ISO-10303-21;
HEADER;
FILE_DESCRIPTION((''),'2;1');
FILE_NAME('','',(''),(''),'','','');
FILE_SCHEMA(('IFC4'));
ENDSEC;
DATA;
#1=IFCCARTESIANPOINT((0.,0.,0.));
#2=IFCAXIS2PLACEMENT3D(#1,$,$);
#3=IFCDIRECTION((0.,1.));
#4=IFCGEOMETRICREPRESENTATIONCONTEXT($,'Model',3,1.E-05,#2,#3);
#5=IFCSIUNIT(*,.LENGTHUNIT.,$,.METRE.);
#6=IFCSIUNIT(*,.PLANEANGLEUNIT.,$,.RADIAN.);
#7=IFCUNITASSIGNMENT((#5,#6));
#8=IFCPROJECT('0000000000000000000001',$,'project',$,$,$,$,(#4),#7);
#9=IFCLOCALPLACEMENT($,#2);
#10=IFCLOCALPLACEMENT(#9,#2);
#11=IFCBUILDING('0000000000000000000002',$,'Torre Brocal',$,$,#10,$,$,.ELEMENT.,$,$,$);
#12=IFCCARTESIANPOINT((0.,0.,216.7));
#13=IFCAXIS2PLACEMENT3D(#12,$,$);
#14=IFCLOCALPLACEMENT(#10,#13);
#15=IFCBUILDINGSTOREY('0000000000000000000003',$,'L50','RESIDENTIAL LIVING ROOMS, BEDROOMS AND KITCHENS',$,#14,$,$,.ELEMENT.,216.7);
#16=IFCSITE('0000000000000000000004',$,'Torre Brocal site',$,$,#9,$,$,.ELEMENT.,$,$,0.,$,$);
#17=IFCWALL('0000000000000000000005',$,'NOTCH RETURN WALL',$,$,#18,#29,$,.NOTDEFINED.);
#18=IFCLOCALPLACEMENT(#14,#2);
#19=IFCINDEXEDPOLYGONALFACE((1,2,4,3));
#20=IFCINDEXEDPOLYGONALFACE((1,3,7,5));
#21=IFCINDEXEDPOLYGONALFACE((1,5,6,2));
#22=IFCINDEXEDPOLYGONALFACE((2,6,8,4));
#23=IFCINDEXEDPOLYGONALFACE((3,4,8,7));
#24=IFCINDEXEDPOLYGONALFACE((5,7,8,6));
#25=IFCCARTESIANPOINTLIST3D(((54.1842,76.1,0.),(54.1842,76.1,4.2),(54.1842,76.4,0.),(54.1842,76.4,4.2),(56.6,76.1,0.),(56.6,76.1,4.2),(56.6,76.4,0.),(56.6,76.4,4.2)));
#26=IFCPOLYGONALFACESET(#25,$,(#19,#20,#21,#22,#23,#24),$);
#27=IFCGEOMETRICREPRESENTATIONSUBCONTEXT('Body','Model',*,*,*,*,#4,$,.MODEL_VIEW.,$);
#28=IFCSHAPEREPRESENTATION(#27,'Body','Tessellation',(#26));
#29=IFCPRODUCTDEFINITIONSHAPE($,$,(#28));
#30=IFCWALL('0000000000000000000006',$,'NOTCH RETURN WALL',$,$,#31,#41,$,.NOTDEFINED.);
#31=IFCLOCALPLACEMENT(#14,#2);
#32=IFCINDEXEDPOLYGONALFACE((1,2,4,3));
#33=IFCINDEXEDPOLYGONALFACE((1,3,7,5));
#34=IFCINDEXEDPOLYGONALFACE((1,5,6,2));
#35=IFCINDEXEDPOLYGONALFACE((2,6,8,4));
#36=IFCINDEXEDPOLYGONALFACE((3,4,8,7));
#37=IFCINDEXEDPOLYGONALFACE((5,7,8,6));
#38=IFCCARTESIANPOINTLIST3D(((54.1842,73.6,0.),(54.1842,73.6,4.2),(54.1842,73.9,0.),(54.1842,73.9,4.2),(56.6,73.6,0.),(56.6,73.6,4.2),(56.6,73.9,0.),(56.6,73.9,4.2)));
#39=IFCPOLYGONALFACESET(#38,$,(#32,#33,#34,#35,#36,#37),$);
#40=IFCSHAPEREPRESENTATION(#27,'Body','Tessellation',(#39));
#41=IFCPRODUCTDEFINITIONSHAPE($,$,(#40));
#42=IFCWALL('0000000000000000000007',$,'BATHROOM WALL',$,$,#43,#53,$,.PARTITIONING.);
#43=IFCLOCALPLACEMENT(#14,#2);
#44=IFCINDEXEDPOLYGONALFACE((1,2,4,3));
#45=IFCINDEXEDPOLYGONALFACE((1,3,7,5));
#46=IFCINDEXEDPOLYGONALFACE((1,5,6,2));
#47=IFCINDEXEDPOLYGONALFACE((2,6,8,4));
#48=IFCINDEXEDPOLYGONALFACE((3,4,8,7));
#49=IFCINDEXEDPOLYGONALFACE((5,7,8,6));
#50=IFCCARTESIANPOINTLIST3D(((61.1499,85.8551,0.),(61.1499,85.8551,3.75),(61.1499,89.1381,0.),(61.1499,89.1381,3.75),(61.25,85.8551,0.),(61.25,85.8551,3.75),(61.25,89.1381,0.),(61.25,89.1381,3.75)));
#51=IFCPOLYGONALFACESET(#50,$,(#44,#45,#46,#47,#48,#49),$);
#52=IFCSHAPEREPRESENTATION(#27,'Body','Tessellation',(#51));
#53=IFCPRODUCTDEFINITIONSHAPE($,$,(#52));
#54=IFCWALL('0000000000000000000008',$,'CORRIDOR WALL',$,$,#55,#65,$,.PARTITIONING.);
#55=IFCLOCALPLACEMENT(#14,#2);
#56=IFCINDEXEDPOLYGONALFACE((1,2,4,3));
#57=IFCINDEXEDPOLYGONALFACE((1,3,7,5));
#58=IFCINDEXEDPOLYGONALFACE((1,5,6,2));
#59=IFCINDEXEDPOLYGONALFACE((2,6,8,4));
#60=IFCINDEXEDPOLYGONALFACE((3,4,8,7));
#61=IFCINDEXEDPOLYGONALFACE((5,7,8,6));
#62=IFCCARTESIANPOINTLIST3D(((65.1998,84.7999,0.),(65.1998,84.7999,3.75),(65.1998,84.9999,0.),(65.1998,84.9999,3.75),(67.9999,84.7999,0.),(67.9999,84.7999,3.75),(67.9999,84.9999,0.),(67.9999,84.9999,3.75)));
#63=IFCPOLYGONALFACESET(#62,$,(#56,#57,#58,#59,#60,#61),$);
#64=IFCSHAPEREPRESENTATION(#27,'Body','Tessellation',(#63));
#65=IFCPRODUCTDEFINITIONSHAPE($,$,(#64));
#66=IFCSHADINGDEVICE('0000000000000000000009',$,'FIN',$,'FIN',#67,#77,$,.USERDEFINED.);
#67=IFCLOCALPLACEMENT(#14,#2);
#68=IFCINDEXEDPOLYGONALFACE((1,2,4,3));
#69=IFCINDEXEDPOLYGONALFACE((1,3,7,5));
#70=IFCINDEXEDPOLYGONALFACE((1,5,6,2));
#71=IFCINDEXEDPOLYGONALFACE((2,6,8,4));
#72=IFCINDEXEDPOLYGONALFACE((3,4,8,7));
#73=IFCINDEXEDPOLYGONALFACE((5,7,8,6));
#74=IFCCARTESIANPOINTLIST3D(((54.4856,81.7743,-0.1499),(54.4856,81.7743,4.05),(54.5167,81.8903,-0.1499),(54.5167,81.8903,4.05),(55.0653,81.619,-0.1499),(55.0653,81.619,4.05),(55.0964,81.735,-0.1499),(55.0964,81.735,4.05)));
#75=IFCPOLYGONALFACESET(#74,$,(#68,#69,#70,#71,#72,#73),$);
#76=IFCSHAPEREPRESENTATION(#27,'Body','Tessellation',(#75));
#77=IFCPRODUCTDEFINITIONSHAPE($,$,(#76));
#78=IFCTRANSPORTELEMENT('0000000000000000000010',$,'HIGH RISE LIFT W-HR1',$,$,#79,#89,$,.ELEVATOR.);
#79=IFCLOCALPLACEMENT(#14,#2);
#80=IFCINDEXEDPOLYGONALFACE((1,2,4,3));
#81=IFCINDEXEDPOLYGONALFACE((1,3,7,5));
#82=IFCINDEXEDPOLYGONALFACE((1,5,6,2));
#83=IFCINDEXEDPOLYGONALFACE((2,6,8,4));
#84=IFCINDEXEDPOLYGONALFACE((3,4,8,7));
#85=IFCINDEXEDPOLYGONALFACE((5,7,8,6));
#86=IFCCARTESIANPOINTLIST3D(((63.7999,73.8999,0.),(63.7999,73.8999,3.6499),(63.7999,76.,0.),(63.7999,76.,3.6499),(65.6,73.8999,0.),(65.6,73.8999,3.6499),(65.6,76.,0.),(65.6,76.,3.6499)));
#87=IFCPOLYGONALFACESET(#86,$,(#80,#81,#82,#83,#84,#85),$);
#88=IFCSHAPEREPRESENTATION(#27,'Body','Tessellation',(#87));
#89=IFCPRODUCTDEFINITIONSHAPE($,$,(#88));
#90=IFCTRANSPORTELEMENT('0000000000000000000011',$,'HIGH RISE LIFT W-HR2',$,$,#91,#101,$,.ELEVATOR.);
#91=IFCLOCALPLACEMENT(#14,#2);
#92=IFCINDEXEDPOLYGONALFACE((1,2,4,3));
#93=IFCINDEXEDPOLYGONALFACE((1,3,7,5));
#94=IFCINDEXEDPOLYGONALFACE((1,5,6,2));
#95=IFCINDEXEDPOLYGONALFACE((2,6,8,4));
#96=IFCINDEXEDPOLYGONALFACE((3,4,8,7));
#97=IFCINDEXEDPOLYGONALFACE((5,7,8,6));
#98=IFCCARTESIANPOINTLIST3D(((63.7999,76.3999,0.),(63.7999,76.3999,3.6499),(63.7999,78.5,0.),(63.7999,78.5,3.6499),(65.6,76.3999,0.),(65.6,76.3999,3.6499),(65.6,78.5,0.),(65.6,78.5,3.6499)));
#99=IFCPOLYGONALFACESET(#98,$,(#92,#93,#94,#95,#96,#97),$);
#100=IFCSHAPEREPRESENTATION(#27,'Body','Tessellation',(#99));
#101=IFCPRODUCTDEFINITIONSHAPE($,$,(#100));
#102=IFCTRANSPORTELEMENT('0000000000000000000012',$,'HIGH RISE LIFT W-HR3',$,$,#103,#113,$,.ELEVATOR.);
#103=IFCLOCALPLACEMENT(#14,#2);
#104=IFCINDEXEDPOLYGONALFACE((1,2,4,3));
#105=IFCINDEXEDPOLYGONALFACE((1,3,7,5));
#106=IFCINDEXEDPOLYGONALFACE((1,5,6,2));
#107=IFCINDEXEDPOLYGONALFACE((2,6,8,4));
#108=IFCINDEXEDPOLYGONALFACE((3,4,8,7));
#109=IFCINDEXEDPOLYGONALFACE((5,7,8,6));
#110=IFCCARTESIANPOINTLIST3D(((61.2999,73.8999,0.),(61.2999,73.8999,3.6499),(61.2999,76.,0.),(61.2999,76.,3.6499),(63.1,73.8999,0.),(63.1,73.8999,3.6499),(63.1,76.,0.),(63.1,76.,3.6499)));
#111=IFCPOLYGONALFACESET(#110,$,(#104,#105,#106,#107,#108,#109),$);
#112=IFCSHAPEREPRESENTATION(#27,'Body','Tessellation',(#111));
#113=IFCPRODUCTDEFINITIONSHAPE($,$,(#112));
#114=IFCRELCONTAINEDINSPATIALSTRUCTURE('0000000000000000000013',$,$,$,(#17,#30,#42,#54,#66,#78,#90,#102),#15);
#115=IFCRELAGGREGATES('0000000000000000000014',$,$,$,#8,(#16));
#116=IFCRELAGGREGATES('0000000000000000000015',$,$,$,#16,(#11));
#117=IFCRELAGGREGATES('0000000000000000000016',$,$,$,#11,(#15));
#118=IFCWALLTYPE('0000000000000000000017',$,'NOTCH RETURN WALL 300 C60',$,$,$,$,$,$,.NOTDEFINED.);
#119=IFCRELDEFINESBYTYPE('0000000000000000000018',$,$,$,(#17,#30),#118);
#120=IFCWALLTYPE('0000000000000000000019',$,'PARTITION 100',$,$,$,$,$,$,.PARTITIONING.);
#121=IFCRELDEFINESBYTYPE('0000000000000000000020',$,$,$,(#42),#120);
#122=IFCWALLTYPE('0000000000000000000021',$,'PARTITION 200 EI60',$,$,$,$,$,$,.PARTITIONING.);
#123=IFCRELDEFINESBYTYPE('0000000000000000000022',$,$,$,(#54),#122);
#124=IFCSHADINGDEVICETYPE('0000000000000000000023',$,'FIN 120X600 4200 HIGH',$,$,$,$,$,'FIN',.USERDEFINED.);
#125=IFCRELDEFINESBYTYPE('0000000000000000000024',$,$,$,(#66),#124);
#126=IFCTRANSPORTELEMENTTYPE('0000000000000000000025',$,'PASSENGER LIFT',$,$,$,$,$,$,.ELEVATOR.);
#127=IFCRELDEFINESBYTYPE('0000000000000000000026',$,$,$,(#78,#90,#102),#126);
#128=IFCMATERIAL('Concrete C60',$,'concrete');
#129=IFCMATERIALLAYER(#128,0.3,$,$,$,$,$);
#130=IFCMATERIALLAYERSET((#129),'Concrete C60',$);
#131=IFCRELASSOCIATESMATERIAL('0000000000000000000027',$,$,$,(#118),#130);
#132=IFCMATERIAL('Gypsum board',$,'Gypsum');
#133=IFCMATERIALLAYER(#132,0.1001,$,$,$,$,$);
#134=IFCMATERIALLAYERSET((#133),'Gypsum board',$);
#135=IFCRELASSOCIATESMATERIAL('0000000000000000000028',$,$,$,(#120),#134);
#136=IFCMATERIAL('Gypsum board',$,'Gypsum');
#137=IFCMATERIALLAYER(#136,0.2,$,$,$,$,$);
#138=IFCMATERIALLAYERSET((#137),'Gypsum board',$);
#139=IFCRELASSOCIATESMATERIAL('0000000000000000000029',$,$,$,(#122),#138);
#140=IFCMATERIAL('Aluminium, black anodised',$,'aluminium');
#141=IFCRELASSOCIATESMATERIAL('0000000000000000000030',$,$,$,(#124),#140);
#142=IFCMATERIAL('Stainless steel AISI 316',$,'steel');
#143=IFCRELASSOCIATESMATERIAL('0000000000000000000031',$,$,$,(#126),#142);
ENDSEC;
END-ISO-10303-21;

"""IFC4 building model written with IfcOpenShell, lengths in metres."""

from ifc_helpers import new_model, si_unit, direction, frame, frame_2d, origin, origin_2d, place, context, subcontext, project, spatial, rectangle, extrude, material, layer, layer_set, material_profile, profile_set, type_object, element, save


model = new_model("IFC4")

# Units and contexts
model_context = context("Model", 3, precision=1e-05, world=origin(), true_north=direction((0.0, 1.0)))
body_context = subcontext(model_context, "Body", "Model", "MODEL_VIEW")
ifc_project = project(units=[si_unit("LENGTHUNIT", "METRE"), si_unit("PLANEANGLEUNIT", "RADIAN")], contexts=[model_context])

# Site, building, storey
site_placement = place(None, origin())
site = spatial("IfcSite", under=ifc_project, at=site_placement, Name="Torre Brocal site", CompositionType="ELEMENT", RefElevation=0.0)
building_placement = place(site_placement, origin())
building = spatial("IfcBuilding", under=site, at=building_placement, Name="Torre Brocal", CompositionType="ELEMENT")
storey_placement = place(building_placement, frame((0.0, 0.0, 216.7)))
storey = spatial("IfcBuildingStorey", under=building, at=storey_placement, Name="L50", Description="RESIDENTIAL LIVING ROOMS, BEDROOMS AND KITCHENS", CompositionType="ELEMENT", Elevation=216.7)

# Walls
ifc_material_1 = material(Name="Concrete C60", Category="concrete")
ifc_layer_1 = layer(ifc_material_1, 0.3)
ifc_layer_set_1 = layer_set([ifc_layer_1], Name="Concrete C60")
wall_type_1 = type_object("IfcWallType", Name="NOTCH RETURN WALL 300 C60", PredefinedType="NOTDEFINED", material=ifc_layer_set_1)
for number, where, z_axis, x_axis, name in (
    (1, (56.6001, 76.25, 0.0), (0.0, 0.0, 1.0), (-1.0, 0.0, 0.0), "NOTCH RETURN WALL"),
    (2, (56.6001, 73.75, 0.0), (0.0, 0.0, 1.0), (-1.0, 0.0, 0.0), "NOTCH RETURN WALL"),
):
    element("IfcWall", number, at=place(storey_placement, frame(where, z_axis=z_axis, x_axis=x_axis)), inside=storey, type_object=wall_type_1, Name=name, PredefinedType="NOTDEFINED", context=body_context, shape_type="SweptSolid", body=[
        extrude(rectangle(XDim=2.4158, YDim=0.3, at=frame_2d((1.208, 0.0))), origin(), (0.0, 0.0, 1.0), 4.2),
    ])
ifc_material_2 = material(Name="Gypsum board", Category="Gypsum")
ifc_layer_2 = layer(ifc_material_2, 0.1001)
ifc_layer_set_2 = layer_set([ifc_layer_2], Name="Gypsum board")
wall_type_2 = type_object("IfcWallType", Name="PARTITION 100", PredefinedType="PARTITIONING", material=ifc_layer_set_2)
wall_1_placement = place(storey_placement, frame((61.2, 85.855, 0.0), z_axis=(0.0, 0.0, 1.0), x_axis=(0.0, 1.0, 0.0)))
element("IfcWall", 3, at=wall_1_placement, inside=storey, type_object=wall_type_2, Name="BATHROOM WALL", PredefinedType="PARTITIONING", context=body_context, shape_type="SweptSolid", body=[
    extrude(rectangle(XDim=3.283, YDim=0.1001, at=frame_2d((1.6416, 0.0))), origin(), (0.0, 0.0, 1.0), 3.75),
])
ifc_material_3 = material(Name="Gypsum board", Category="Gypsum")
ifc_layer_3 = layer(ifc_material_3, 0.2)
ifc_layer_set_3 = layer_set([ifc_layer_3], Name="Gypsum board")
wall_type_3 = type_object("IfcWallType", Name="PARTITION 200 EI60", PredefinedType="PARTITIONING", material=ifc_layer_set_3)
wall_2_placement = place(storey_placement, frame((65.2, 84.8999, 0.0), z_axis=(0.0, 0.0, 1.0), x_axis=(1.0, 0.0, 0.0)))
element("IfcWall", 4, at=wall_2_placement, inside=storey, type_object=wall_type_3, Name="CORRIDOR WALL", PredefinedType="PARTITIONING", context=body_context, shape_type="SweptSolid", body=[
    extrude(rectangle(XDim=2.8, YDim=0.2, at=frame_2d((1.3999, 0.0))), origin(), (0.0, 0.0, 1.0), 3.75),
])

# Shading device
ifc_material_4 = material(Name="Aluminium, black anodised", Category="aluminium")
ifc_material_profile_1 = material_profile(ifc_material_4, rectangle(XDim=0.1201, YDim=0.6001, at=origin_2d()), Name="FIN 120X600 4200 HIGH")
ifc_profile_set_1 = profile_set([ifc_material_profile_1], Name="Aluminium, black anodised")
shading_device_type = type_object("IfcShadingDeviceType", Name="FIN 120X600 4200 HIGH", ElementType="FIN", PredefinedType="USERDEFINED", material=ifc_profile_set_1)
shading_device_placement = place(storey_placement, frame((54.791, 81.7546, -0.1499), z_axis=(0.0, 0.0, 1.0), x_axis=(-0.258819, -0.965926, 0.0)))
element("IfcShadingDevice", 5, at=shading_device_placement, inside=storey, type_object=shading_device_type, Name="FIN", ObjectType="FIN", PredefinedType="USERDEFINED", context=body_context, shape_type="SweptSolid", body=[
    extrude(rectangle(XDim=0.1201, YDim=0.6001, at=origin_2d()), origin(), (0.0, 0.0, 1.0), 4.2),
])

# Transport elements
ifc_material_5 = material(Name="Stainless steel AISI 316", Category="steel")
transport_element_type = type_object("IfcTransportElementType", Name="PASSENGER LIFT", PredefinedType="ELEVATOR", material=ifc_material_5)
for number, where, z_axis, x_axis, name in (
    (6, (64.7, 74.95, 0.0), (0.0, 0.0, 1.0), (1.0, 0.0, 0.0), "HIGH RISE LIFT W-HR1"),
    (7, (64.7, 77.45, 0.0), (0.0, 0.0, 1.0), (1.0, 0.0, 0.0), "HIGH RISE LIFT W-HR2"),
    (8, (62.2, 74.95, 0.0), (0.0, 0.0, 1.0), (1.0, 0.0, 0.0), "HIGH RISE LIFT W-HR3"),
):
    element("IfcTransportElement", number, at=place(storey_placement, frame(where, z_axis=z_axis, x_axis=x_axis)), inside=storey, type_object=transport_element_type, Name=name, PredefinedType="ELEVATOR", context=body_context, shape_type="SweptSolid", body=[
        extrude(rectangle(XDim=1.8, YDim=2.1001, at=origin_2d()), origin(), (0.0, 0.0, 1.0), 3.6499),
    ])

save(model, "model.ifc")
